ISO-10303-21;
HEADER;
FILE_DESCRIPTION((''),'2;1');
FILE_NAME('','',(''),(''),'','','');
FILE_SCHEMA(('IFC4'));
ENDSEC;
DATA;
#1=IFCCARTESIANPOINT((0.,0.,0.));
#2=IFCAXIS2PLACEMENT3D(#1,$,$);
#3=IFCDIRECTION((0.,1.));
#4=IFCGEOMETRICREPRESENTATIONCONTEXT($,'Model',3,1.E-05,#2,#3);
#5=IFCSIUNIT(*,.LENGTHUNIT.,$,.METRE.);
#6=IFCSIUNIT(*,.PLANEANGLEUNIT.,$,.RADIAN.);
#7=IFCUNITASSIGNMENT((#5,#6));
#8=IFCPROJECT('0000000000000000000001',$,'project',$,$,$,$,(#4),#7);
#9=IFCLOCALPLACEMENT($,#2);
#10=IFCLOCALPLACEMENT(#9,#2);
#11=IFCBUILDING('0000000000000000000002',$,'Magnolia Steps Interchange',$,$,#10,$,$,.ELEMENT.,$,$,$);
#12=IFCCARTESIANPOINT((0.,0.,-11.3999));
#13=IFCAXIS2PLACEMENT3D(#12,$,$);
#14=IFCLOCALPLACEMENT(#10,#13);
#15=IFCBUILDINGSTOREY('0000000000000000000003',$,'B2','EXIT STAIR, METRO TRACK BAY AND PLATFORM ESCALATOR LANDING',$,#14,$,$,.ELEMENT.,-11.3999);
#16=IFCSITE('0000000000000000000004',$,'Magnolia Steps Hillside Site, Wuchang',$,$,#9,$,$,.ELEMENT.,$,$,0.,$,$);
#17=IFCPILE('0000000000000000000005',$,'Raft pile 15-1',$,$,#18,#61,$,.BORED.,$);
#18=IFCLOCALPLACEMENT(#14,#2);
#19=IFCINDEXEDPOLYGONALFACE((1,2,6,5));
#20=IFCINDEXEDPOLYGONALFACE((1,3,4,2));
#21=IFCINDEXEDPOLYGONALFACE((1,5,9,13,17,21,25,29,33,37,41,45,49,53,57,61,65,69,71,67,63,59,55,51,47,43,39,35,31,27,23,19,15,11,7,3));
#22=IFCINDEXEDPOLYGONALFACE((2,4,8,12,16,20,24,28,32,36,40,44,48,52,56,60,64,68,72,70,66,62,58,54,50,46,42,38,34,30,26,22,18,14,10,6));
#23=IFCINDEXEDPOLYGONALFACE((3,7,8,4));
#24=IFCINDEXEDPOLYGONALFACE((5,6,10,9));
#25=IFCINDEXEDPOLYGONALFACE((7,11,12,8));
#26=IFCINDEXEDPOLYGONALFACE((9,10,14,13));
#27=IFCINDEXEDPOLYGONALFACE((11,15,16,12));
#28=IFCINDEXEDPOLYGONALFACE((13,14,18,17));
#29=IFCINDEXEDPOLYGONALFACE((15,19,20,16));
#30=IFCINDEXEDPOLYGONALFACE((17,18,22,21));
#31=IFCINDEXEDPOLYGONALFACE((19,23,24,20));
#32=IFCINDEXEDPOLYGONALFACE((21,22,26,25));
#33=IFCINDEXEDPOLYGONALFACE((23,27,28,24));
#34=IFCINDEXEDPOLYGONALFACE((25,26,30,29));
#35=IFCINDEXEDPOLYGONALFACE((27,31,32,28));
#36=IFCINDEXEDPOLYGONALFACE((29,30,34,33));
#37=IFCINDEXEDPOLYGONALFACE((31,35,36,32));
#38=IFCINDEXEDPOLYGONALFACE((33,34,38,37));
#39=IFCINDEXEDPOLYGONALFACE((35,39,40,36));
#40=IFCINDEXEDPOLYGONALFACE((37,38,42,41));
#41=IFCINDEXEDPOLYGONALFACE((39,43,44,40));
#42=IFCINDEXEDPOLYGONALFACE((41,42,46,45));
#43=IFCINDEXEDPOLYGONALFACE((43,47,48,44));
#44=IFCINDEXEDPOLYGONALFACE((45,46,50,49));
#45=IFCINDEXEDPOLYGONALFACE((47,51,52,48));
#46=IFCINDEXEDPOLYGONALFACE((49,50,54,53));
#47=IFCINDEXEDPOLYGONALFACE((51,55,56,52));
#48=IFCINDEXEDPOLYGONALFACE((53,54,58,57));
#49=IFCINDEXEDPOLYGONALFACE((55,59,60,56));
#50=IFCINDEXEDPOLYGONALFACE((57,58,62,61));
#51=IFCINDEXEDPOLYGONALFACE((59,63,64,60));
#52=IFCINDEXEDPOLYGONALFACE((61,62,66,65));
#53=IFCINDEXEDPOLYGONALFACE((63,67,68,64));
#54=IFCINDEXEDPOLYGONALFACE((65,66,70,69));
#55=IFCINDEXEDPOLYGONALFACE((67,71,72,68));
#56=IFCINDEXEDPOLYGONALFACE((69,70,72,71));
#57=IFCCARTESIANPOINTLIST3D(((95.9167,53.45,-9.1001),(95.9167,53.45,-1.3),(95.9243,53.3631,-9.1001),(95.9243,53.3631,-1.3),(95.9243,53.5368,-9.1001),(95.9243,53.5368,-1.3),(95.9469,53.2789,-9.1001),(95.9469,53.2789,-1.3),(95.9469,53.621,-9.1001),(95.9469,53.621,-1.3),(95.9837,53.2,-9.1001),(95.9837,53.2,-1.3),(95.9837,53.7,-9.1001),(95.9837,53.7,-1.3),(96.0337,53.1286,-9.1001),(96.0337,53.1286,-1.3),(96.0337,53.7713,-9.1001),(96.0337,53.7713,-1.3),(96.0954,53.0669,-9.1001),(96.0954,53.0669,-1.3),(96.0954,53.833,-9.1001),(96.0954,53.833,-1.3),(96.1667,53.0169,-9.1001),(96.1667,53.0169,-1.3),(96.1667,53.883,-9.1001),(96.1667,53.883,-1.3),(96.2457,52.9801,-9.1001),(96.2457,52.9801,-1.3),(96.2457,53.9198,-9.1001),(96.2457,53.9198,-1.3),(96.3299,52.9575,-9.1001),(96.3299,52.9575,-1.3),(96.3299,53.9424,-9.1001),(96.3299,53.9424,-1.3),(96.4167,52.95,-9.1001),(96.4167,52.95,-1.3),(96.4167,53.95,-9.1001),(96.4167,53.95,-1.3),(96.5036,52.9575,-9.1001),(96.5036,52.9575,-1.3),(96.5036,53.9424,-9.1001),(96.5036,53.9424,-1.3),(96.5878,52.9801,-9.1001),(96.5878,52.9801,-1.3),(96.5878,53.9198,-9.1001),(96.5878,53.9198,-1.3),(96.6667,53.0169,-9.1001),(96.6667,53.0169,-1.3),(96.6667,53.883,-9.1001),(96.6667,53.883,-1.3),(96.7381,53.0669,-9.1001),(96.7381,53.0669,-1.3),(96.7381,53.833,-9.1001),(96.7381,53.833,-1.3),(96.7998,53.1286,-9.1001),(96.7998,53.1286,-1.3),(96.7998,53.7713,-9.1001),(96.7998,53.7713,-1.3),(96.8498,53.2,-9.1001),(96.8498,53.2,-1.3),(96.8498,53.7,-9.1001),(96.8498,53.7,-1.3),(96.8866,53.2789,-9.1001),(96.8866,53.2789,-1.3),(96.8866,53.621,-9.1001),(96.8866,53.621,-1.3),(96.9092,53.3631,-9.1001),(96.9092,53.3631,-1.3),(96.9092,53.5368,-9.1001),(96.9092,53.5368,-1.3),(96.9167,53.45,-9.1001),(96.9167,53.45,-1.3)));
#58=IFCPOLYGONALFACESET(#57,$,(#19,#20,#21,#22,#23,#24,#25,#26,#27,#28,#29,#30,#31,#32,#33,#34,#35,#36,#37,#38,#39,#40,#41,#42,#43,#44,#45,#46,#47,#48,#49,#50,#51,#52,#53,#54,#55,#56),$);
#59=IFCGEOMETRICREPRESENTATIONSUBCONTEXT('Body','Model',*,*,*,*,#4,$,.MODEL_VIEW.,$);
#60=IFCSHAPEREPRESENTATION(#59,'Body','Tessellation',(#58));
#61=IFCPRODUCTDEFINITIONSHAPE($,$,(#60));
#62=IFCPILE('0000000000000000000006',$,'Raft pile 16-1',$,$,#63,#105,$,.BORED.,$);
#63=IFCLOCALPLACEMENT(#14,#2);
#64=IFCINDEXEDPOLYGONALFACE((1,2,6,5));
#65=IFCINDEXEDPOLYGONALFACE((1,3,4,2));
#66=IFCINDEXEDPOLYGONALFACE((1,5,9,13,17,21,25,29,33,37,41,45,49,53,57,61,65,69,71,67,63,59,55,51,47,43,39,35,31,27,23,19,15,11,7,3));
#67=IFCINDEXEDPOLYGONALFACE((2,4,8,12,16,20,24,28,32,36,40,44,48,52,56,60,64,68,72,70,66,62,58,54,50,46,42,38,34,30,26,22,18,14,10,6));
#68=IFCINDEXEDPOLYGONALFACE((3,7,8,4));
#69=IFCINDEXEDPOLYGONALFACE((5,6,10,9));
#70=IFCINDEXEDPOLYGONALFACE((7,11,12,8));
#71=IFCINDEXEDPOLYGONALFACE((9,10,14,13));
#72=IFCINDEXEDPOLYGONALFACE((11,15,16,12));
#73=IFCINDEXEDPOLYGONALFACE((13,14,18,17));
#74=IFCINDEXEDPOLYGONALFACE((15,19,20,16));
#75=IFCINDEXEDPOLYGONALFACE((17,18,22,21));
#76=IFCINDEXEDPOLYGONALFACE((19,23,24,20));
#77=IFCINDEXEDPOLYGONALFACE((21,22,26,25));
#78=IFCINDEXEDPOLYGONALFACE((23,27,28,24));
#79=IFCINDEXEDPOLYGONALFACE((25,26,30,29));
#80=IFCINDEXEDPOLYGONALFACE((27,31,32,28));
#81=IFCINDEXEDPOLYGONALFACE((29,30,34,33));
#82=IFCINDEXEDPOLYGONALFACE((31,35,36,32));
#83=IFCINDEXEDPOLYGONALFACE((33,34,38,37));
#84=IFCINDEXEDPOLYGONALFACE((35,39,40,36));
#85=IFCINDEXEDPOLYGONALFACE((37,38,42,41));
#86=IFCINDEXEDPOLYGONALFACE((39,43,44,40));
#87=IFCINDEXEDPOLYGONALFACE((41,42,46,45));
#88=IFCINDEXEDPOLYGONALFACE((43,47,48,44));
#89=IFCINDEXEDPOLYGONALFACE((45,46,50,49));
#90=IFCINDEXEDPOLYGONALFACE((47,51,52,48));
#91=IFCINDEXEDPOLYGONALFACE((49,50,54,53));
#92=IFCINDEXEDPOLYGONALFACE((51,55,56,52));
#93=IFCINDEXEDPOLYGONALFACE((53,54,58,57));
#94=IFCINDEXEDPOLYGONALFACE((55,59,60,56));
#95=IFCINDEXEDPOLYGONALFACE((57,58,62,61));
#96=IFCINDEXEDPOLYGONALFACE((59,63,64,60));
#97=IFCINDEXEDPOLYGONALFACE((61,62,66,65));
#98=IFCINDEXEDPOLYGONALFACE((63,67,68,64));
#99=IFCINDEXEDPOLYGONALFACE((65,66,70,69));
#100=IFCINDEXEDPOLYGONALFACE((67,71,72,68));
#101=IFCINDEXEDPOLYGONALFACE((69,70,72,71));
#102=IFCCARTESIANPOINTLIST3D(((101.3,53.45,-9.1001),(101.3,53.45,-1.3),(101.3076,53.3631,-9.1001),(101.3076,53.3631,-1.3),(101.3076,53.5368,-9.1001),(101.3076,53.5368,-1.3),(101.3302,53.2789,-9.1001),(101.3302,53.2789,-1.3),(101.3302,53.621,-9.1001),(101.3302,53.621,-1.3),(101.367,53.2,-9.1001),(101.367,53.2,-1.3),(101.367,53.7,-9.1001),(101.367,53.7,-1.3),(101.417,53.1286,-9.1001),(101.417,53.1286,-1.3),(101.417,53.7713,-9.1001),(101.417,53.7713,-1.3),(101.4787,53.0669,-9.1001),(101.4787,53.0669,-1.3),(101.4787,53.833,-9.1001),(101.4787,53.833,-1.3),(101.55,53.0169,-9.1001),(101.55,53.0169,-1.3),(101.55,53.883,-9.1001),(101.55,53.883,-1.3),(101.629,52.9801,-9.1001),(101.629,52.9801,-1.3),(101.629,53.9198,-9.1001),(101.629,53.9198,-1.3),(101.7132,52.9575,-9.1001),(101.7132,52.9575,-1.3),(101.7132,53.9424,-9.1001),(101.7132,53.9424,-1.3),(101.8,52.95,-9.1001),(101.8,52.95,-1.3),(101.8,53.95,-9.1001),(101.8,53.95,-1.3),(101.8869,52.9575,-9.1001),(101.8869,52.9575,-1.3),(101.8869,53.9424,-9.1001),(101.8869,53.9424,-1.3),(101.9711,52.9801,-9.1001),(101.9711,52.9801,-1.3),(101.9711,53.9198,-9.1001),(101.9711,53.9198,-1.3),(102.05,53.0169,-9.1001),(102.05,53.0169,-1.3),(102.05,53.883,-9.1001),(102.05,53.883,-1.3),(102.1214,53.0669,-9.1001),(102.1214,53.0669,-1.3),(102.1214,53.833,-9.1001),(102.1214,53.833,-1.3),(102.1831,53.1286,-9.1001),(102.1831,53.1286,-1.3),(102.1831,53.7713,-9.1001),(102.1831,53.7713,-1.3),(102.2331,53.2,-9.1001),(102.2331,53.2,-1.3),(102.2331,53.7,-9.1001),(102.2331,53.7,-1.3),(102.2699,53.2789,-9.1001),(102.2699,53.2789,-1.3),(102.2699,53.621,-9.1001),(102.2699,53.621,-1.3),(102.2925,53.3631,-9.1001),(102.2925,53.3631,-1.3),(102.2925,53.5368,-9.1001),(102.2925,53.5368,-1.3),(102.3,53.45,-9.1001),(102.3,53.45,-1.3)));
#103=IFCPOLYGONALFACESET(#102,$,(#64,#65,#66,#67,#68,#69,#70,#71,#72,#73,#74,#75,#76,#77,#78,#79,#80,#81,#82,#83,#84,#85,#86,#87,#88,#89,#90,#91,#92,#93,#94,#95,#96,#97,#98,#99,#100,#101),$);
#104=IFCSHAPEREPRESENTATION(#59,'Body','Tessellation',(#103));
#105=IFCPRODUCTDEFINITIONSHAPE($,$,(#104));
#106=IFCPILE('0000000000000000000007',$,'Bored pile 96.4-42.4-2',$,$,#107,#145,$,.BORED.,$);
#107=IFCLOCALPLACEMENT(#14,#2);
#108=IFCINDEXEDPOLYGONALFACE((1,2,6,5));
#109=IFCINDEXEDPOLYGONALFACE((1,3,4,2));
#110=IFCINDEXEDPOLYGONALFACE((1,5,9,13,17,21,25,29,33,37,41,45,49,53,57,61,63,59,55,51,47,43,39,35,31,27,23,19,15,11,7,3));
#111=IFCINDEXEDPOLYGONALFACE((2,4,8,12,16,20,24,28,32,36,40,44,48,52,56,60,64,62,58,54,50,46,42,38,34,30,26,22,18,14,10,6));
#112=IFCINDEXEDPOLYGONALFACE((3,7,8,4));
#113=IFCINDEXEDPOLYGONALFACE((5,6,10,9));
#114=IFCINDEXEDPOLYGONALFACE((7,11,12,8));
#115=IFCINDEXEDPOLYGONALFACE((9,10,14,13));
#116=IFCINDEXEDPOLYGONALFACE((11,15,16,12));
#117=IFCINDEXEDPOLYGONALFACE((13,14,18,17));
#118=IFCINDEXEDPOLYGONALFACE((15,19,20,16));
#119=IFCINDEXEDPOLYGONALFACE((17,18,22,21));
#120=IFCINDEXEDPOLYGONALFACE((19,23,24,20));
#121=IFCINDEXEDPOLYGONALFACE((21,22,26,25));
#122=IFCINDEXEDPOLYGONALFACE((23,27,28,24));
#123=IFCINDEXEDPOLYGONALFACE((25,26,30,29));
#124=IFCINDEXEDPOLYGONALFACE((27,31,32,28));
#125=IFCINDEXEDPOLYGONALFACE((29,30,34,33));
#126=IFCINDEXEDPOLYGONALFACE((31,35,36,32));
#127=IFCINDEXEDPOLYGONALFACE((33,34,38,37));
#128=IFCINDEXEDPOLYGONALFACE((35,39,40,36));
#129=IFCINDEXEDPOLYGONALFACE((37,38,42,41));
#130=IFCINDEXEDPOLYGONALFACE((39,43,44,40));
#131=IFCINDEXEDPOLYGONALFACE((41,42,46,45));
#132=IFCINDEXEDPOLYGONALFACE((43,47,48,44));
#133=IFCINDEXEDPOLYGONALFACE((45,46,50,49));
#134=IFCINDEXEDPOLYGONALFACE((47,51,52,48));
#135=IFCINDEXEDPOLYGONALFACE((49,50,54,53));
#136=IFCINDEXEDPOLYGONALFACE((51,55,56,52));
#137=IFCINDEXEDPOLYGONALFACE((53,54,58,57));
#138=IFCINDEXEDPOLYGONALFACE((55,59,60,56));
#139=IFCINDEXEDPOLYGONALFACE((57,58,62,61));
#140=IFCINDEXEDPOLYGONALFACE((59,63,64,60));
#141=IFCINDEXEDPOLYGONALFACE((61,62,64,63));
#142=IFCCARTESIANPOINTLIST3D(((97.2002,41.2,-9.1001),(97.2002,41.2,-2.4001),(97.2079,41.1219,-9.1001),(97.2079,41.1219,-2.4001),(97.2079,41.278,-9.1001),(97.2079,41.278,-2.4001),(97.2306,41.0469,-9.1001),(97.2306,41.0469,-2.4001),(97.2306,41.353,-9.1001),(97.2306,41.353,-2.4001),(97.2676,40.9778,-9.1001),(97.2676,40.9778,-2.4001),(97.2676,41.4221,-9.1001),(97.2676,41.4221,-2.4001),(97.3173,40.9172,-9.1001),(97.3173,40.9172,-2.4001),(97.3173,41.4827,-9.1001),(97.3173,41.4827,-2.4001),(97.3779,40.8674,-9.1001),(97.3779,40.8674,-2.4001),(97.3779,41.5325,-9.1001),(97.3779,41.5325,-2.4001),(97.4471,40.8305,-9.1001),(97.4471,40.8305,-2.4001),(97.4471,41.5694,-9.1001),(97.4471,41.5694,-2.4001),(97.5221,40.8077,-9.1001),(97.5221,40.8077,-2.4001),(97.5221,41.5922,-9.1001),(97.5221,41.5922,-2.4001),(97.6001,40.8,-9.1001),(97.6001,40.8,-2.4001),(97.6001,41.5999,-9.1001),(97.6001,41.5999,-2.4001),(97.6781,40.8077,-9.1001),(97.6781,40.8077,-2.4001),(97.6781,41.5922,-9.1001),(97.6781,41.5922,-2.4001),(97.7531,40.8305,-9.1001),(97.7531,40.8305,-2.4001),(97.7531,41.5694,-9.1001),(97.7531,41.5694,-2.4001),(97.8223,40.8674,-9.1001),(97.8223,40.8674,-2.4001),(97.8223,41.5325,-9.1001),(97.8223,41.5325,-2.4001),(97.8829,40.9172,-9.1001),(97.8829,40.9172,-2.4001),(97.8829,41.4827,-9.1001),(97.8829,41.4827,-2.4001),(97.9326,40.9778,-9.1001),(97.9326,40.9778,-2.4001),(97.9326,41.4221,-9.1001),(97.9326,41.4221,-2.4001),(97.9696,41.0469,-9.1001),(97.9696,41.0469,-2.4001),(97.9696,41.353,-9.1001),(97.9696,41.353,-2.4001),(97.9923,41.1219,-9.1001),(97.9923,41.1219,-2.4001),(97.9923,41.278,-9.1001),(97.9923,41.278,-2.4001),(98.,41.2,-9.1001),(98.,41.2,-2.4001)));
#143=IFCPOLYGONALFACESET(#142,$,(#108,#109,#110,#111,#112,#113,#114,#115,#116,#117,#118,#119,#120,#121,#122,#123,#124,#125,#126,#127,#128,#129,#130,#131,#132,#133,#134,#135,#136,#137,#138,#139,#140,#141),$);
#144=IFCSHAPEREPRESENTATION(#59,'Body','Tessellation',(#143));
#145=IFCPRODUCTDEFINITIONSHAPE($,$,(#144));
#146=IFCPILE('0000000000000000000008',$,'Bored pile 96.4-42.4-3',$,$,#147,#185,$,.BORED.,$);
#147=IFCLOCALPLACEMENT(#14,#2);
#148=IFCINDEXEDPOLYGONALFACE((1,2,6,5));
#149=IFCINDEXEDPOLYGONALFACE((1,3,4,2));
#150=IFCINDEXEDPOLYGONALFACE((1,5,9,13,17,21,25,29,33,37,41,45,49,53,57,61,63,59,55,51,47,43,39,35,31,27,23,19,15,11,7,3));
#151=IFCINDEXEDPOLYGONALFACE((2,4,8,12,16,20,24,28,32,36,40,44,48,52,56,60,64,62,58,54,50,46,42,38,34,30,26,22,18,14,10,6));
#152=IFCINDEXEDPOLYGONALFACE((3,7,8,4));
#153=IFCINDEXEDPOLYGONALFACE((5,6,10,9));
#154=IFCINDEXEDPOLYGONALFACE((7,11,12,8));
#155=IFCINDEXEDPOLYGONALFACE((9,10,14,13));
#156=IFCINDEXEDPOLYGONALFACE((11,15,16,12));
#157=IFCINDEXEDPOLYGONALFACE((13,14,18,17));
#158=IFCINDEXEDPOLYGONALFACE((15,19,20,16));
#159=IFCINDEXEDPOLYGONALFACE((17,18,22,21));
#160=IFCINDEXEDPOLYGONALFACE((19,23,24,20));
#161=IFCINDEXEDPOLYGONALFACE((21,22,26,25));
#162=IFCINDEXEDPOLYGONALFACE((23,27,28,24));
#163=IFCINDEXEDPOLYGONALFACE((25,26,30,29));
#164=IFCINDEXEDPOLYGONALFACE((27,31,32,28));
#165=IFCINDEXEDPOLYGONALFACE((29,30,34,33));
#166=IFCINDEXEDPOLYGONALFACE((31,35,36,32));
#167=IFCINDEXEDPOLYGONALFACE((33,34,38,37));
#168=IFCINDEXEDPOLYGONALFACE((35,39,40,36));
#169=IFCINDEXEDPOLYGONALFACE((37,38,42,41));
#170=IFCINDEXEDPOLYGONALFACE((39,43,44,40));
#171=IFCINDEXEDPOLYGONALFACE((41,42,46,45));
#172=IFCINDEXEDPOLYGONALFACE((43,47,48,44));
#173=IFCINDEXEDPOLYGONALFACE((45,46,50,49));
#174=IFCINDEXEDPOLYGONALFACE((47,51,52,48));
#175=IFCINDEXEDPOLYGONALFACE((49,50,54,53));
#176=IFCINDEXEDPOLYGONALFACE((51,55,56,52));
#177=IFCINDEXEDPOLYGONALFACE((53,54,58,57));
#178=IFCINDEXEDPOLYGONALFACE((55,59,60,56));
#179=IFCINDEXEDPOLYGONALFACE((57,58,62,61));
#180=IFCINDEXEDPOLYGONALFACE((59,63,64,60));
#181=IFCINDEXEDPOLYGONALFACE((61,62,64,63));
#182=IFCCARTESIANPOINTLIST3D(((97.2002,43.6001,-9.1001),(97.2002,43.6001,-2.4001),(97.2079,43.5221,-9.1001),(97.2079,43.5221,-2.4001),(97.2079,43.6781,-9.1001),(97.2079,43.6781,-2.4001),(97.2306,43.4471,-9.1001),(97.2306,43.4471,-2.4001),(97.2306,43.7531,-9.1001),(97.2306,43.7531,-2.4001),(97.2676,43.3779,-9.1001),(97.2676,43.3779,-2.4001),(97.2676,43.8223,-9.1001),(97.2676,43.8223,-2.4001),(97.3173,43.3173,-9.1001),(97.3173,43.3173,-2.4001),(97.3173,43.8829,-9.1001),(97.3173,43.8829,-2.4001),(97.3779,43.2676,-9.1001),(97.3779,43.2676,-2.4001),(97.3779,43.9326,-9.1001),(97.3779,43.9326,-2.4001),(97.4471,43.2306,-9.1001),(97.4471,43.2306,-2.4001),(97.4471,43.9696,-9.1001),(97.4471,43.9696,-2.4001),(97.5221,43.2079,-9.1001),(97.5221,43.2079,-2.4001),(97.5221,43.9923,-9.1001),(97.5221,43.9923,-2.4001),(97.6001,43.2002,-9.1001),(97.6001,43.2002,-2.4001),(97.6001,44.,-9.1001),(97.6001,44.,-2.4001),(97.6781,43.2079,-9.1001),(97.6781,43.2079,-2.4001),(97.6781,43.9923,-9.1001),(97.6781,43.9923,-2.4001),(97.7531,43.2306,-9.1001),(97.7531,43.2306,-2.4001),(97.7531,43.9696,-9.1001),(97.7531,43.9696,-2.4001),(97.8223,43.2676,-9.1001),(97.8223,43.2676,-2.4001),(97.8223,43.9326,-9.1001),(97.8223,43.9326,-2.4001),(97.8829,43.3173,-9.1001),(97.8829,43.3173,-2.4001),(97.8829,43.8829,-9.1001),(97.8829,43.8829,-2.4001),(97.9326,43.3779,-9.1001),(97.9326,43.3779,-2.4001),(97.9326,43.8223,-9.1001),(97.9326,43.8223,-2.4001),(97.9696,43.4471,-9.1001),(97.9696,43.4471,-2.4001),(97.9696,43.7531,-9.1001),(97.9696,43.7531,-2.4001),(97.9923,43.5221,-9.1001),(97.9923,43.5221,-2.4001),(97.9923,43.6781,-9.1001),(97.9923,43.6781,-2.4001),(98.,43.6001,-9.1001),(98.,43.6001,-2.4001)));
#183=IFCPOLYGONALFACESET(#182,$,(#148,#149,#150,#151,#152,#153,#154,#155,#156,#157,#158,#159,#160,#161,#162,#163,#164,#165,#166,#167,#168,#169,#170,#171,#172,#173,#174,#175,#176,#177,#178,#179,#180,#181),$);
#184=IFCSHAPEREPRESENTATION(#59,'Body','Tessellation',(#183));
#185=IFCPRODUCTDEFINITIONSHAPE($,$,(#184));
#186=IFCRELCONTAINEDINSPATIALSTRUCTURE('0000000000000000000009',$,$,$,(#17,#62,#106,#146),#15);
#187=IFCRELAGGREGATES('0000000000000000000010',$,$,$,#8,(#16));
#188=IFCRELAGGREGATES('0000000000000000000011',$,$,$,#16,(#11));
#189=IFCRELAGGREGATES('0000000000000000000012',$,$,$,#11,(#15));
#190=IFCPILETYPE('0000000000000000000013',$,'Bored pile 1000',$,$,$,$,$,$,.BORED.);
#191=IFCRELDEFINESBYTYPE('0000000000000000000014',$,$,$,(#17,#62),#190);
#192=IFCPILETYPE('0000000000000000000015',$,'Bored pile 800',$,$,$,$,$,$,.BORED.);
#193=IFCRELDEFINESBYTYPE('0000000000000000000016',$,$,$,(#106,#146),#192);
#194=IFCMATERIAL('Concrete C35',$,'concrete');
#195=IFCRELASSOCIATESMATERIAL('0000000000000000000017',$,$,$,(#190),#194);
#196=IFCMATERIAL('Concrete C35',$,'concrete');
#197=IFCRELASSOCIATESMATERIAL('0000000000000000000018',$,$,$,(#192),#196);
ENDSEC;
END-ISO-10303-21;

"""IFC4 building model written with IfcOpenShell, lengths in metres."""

from ifc_helpers import new_model, si_unit, direction, frame, origin, origin_2d, place, context, subcontext, project, spatial, circle, extrude, material, material_profile, profile_set, type_object, element, save


model = new_model("IFC4")

# Units and contexts
model_context = context("Model", 3, precision=1e-05, world=origin(), true_north=direction((0.0, 1.0)))
body_context = subcontext(model_context, "Body", "Model", "MODEL_VIEW")
ifc_project = project(units=[si_unit("LENGTHUNIT", "METRE"), si_unit("PLANEANGLEUNIT", "RADIAN")], contexts=[model_context])

# Site, building, storey
site_placement = place(None, origin())
site = spatial("IfcSite", under=ifc_project, at=site_placement, Name="Magnolia Steps Hillside Site, Wuchang", CompositionType="ELEMENT", RefElevation=0.0)
building_placement = place(site_placement, origin())
building = spatial("IfcBuilding", under=site, at=building_placement, Name="Magnolia Steps Interchange", CompositionType="ELEMENT")
storey_placement = place(building_placement, frame((0.0, 0.0, -11.3999)))
storey = spatial("IfcBuildingStorey", under=building, at=storey_placement, Name="B2", Description="EXIT STAIR, METRO TRACK BAY AND PLATFORM ESCALATOR LANDING", CompositionType="ELEMENT", Elevation=-11.3999)

# Piles
ifc_material_1 = material(Name="Concrete C35", Category="concrete")
ifc_material_profile_1 = material_profile(ifc_material_1, circle(Radius=0.5, at=origin_2d()), Name="Bored pile 1000")
ifc_profile_set_1 = profile_set([ifc_material_profile_1], Name="Concrete C35")
pile_type_1 = type_object("IfcPileType", Name="Bored pile 1000", PredefinedType="BORED", material=ifc_profile_set_1)
for number, where, z_axis, x_axis, name in (
    (1, (96.4167, 53.45, -1.3), (0.0, 0.0, -1.0), (1.0, 0.0, 0.0), "Raft pile 15-1"),
    (2, (101.8, 53.45, -1.3), (0.0, 0.0, -1.0), (1.0, 0.0, 0.0), "Raft pile 16-1"),
):
    element("IfcPile", number, at=place(storey_placement, frame(where, z_axis=z_axis, x_axis=x_axis)), inside=storey, type_object=pile_type_1, Name=name, PredefinedType="BORED", context=body_context, shape_type="SweptSolid", body=[
        extrude(circle(Radius=0.5, at=origin_2d()), origin(), (0.0, 0.0, 1.0), 7.8),
    ])
ifc_material_2 = material(Name="Concrete C35", Category="concrete")
ifc_material_profile_2 = material_profile(ifc_material_2, circle(Radius=0.3999, at=origin_2d()), Name="Bored pile 800")
ifc_profile_set_2 = profile_set([ifc_material_profile_2], Name="Concrete C35")
pile_type_2 = type_object("IfcPileType", Name="Bored pile 800", PredefinedType="BORED", material=ifc_profile_set_2)
for number, where, z_axis, x_axis, name in (
    (3, (97.6001, 41.2, -2.4001), (0.0, 0.0, -1.0), (1.0, 0.0, 0.0), "Bored pile 96.4-42.4-2"),
    (4, (97.6001, 43.6001, -2.4001), (0.0, 0.0, -1.0), (1.0, 0.0, 0.0), "Bored pile 96.4-42.4-3"),
):
    element("IfcPile", number, at=place(storey_placement, frame(where, z_axis=z_axis, x_axis=x_axis)), inside=storey, type_object=pile_type_2, Name=name, PredefinedType="BORED", context=body_context, shape_type="SweptSolid", body=[
        extrude(circle(Radius=0.3999, at=origin_2d()), origin(), (0.0, 0.0, 1.0), 6.7),
    ])

save(model, "model.ifc")
